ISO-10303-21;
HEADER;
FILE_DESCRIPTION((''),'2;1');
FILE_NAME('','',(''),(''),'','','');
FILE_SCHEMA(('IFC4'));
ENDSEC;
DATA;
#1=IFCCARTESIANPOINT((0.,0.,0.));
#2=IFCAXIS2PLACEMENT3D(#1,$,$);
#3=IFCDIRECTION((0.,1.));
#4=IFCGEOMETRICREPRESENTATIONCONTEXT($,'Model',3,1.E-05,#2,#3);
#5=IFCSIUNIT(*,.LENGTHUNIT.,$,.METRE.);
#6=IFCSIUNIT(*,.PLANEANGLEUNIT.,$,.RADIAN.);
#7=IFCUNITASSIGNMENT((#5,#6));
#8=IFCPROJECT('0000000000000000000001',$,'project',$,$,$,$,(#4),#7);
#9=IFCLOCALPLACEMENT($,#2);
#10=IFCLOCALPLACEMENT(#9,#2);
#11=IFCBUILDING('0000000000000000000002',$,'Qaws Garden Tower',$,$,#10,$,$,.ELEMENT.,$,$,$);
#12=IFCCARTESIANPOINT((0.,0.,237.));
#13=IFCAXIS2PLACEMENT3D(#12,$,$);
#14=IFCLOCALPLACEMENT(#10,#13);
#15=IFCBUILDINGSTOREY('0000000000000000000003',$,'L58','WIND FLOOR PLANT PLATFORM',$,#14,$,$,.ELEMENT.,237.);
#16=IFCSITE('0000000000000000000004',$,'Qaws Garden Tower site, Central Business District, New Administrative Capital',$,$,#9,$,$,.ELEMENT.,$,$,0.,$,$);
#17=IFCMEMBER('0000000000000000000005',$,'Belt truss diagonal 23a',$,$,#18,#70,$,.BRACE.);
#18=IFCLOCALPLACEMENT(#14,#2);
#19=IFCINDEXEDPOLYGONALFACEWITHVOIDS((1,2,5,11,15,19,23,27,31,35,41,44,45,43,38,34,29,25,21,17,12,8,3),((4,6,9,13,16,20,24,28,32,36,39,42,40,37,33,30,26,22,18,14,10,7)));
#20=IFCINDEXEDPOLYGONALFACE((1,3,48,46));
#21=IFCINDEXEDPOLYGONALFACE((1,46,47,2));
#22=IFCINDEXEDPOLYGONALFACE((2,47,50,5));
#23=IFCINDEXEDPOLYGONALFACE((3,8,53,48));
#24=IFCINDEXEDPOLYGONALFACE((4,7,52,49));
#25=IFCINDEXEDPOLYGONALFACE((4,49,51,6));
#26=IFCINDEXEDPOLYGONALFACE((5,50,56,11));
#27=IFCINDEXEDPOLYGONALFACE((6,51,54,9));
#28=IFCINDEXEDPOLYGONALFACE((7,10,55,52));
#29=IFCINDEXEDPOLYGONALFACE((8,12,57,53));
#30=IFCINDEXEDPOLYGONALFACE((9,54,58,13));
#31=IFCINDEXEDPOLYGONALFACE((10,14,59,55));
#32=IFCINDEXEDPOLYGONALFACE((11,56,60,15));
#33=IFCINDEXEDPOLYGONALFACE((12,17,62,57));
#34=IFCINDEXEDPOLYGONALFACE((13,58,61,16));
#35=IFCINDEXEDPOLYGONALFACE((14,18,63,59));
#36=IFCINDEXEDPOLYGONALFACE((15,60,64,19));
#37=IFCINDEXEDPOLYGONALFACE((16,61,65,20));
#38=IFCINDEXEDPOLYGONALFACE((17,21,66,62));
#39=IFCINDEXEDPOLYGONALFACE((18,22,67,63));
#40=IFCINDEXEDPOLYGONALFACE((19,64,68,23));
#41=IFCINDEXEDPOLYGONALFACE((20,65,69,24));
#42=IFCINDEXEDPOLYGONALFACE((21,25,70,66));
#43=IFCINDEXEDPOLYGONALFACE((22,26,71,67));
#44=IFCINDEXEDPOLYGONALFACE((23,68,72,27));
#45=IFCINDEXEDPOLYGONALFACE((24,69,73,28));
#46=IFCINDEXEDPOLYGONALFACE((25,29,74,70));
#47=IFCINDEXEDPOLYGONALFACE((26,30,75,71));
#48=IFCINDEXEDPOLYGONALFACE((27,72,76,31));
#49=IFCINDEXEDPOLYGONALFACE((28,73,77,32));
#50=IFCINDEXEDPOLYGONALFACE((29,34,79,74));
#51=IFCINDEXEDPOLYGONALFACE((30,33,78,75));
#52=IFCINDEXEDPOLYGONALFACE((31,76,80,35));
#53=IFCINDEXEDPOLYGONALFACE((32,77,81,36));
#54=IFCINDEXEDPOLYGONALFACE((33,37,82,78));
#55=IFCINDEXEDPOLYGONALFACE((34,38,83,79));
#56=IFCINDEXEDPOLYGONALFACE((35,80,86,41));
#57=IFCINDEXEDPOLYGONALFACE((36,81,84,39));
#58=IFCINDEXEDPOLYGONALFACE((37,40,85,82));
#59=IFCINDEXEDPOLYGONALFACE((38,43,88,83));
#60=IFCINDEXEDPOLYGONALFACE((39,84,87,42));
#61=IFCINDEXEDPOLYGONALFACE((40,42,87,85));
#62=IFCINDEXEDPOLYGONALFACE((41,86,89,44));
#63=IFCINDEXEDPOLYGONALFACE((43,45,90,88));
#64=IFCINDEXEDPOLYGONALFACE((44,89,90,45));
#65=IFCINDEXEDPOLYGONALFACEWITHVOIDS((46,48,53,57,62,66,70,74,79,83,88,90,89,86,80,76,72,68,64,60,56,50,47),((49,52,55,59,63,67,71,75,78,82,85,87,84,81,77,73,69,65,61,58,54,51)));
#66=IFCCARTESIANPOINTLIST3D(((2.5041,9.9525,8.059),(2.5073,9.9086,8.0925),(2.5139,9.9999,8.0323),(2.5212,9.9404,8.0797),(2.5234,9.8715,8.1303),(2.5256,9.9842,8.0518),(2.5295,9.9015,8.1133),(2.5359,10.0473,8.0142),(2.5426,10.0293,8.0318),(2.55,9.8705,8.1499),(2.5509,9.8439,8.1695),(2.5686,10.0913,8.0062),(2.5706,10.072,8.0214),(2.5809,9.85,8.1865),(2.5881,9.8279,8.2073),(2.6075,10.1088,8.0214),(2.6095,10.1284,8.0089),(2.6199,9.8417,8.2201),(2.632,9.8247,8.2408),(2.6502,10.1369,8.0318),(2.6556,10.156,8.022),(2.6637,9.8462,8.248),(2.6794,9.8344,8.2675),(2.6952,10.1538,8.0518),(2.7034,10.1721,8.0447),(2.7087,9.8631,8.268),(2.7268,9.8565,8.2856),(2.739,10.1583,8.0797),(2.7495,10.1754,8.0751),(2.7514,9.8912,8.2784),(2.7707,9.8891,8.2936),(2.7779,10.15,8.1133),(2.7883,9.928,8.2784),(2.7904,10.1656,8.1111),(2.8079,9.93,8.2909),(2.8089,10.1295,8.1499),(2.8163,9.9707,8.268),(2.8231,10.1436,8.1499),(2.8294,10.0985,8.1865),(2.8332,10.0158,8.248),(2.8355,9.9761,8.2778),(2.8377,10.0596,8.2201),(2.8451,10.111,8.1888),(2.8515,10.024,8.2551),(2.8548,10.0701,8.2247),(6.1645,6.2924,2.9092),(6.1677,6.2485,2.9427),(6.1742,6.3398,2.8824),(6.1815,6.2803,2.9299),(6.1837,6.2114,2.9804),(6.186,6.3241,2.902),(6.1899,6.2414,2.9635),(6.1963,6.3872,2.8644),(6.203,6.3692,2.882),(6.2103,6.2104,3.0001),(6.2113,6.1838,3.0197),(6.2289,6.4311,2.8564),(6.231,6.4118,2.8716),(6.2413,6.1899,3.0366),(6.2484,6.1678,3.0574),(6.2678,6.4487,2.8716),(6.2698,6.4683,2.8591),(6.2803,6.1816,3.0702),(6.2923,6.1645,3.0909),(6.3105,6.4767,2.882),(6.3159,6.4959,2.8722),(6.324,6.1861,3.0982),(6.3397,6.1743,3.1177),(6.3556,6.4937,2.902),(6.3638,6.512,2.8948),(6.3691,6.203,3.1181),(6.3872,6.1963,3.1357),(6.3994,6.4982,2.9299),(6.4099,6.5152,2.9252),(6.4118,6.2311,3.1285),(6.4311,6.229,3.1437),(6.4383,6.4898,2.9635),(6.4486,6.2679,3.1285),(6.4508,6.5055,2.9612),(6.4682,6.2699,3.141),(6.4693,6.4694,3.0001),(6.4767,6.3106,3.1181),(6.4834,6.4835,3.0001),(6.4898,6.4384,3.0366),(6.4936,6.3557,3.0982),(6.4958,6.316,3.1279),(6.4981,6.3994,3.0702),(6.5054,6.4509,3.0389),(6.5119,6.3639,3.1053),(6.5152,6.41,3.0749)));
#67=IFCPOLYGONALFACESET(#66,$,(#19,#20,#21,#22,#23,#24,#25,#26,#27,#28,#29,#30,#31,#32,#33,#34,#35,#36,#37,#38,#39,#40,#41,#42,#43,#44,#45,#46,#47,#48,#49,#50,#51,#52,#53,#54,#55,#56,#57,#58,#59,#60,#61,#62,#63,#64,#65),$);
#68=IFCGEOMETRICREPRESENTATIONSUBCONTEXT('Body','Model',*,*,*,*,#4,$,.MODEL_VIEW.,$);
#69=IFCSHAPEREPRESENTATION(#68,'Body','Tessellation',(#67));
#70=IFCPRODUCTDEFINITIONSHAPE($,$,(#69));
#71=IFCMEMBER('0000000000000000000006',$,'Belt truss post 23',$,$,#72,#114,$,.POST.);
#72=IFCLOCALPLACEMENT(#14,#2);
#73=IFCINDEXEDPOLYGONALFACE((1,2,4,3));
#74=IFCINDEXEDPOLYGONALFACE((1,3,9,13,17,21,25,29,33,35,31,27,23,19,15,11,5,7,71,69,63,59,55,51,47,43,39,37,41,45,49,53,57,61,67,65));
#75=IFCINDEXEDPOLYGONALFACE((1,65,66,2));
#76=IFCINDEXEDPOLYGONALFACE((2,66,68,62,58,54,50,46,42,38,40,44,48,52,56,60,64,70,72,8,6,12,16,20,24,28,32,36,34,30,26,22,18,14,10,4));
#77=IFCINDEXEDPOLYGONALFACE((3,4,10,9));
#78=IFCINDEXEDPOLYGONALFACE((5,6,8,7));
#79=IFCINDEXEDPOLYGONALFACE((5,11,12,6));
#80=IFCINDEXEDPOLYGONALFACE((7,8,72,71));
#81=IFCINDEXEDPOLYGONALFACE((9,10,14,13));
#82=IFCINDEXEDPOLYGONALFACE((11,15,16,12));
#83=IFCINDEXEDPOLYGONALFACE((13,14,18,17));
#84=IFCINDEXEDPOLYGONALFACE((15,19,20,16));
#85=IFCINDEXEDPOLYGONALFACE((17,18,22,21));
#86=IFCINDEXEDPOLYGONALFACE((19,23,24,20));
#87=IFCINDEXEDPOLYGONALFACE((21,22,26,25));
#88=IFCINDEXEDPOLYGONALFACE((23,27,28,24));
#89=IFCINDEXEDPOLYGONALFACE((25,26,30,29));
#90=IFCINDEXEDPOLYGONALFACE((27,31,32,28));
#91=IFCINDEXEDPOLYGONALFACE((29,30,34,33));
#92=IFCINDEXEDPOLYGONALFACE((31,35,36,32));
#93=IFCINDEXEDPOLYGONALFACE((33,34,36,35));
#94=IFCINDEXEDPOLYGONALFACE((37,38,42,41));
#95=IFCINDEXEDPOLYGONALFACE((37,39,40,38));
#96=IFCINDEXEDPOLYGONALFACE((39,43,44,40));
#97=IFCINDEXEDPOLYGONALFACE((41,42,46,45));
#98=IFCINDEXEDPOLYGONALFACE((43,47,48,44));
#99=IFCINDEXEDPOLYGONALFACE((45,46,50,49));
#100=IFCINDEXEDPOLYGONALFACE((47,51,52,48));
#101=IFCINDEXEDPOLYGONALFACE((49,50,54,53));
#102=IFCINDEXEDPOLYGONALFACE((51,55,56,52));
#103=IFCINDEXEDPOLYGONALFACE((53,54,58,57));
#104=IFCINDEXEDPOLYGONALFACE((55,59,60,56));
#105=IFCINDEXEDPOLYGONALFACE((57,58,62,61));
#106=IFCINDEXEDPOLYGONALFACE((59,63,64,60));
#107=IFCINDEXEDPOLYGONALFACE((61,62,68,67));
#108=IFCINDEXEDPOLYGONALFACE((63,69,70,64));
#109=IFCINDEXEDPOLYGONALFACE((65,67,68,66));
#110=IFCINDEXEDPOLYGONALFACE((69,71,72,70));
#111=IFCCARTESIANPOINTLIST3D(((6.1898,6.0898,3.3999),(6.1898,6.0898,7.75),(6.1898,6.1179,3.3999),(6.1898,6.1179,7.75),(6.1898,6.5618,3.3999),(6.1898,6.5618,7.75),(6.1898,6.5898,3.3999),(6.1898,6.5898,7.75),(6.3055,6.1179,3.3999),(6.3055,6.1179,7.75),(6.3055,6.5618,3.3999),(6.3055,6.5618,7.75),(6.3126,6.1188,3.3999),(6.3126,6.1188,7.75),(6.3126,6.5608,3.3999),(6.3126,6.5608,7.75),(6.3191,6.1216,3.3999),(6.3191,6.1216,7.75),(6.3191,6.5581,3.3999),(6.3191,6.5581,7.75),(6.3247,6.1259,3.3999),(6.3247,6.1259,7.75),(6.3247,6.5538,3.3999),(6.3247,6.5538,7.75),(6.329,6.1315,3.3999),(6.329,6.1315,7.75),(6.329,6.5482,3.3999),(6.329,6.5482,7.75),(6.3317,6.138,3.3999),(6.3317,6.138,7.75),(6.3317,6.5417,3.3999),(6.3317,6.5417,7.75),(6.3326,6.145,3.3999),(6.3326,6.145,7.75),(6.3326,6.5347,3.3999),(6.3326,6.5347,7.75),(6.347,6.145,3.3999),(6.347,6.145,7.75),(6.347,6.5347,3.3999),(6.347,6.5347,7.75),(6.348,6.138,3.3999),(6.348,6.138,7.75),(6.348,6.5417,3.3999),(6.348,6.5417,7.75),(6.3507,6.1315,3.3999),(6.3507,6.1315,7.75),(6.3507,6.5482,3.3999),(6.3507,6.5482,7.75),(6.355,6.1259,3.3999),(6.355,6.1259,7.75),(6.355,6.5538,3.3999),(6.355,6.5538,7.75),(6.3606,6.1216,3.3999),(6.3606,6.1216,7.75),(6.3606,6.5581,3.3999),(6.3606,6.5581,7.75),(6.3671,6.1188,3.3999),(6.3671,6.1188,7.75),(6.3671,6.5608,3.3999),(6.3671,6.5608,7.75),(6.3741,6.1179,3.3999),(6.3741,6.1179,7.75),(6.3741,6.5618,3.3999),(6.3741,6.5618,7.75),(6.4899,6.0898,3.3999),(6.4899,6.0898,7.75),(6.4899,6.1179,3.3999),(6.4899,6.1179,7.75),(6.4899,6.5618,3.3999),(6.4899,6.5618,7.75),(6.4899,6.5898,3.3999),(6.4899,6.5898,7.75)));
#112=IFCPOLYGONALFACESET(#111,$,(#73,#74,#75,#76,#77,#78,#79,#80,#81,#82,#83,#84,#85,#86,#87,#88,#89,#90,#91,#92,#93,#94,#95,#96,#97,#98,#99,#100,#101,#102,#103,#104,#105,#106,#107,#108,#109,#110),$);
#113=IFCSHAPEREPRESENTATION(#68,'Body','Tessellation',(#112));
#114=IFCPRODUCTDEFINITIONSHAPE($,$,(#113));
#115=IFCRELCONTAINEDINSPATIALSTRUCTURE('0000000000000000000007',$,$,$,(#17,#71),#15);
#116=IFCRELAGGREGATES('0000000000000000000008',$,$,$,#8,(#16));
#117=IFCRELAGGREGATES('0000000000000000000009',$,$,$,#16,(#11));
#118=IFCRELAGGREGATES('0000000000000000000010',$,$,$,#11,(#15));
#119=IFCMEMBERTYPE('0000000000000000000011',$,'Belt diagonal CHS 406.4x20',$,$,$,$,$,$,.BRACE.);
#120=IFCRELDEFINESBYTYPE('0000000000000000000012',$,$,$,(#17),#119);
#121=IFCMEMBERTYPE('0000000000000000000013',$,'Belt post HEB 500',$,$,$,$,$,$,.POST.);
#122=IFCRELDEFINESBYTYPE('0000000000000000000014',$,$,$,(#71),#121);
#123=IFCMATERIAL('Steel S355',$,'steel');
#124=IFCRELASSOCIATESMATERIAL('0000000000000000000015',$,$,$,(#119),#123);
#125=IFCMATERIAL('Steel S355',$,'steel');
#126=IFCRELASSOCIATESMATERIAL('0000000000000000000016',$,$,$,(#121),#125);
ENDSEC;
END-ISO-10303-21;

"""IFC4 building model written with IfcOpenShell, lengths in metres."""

from ifc_helpers import new_model, si_unit, direction, frame, origin, origin_2d, place, context, subcontext, project, spatial, hollow_circle, i_section, extrude, material, material_profile, profile_set, type_object, element, save


model = new_model("IFC4")

# Units and contexts
model_context = context("Model", 3, precision=1e-05, world=origin(), true_north=direction((0.0, 1.0)))
body_context = subcontext(model_context, "Body", "Model", "MODEL_VIEW")
ifc_project = project(units=[si_unit("LENGTHUNIT", "METRE"), si_unit("PLANEANGLEUNIT", "RADIAN")], contexts=[model_context])

# Site, building, storey
site_placement = place(None, origin())
site = spatial("IfcSite", under=ifc_project, at=site_placement, Name="Qaws Garden Tower site, Central Business District, New Administrative Capital", CompositionType="ELEMENT", RefElevation=0.0)
building_placement = place(site_placement, origin())
building = spatial("IfcBuilding", under=site, at=building_placement, Name="Qaws Garden Tower", CompositionType="ELEMENT")
storey_placement = place(building_placement, frame((0.0, 0.0, 237.0)))
storey = spatial("IfcBuildingStorey", under=building, at=storey_placement, Name="L58", Description="WIND FLOOR PLANT PLATFORM", CompositionType="ELEMENT", Elevation=237.0)

# Members
ifc_material_1 = material(Name="Steel S355", Category="steel")
ifc_material_profile_1 = material_profile(ifc_material_1, hollow_circle(Radius=0.2031, WallThickness=0.02, at=origin_2d()), Name="CHS 406.4x20")
ifc_profile_set_1 = profile_set([ifc_material_profile_1], Name="Steel S355")
member_type_1 = type_object("IfcMemberType", Name="Belt diagonal CHS 406.4x20", PredefinedType="BRACE", material=ifc_profile_set_1)
member_1_placement = place(storey_placement, frame((2.6794, 10.0, 8.1499), z_axis=(0.501299, -0.501265, -0.705289), x_axis=(0.707083, 0.70713, 0.0)))
element("IfcMember", 1, at=member_1_placement, inside=storey, type_object=member_type_1, Name="Belt truss diagonal 23a", PredefinedType="BRACE", context=body_context, shape_type="SweptSolid", body=[
    extrude(hollow_circle(Radius=0.2031, WallThickness=0.02, at=origin_2d()), origin(), (0.0, 0.0, 1.0), 7.3018),
])
ifc_material_2 = material(Name="Steel S355", Category="steel")
ifc_material_profile_2 = material_profile(ifc_material_2, i_section(OverallWidth=0.3, OverallDepth=0.5, WebThickness=0.0144, FlangeThickness=0.0281, FilletRadius=0.0271, at=origin_2d()), Name="HEB 500")
ifc_profile_set_2 = profile_set([ifc_material_profile_2], Name="Steel S355")
member_type_2 = type_object("IfcMemberType", Name="Belt post HEB 500", PredefinedType="POST", material=ifc_profile_set_2)
placement_1 = place(storey_placement, frame((6.3398, 6.3398, 3.3999), z_axis=(0.0, 0.0, 1.0), x_axis=(1.0, 0.0, 0.0)))
element("IfcMember", 2, at=placement_1, inside=storey, type_object=member_type_2, Name="Belt truss post 23", PredefinedType="POST", context=body_context, shape_type="SweptSolid", body=[
    extrude(i_section(OverallWidth=0.3, OverallDepth=0.5, WebThickness=0.0144, FlangeThickness=0.0281, FilletRadius=0.0271, at=origin_2d()), origin(), (0.0, 0.0, 1.0), 4.3501),
])

save(model, "model.ifc")
